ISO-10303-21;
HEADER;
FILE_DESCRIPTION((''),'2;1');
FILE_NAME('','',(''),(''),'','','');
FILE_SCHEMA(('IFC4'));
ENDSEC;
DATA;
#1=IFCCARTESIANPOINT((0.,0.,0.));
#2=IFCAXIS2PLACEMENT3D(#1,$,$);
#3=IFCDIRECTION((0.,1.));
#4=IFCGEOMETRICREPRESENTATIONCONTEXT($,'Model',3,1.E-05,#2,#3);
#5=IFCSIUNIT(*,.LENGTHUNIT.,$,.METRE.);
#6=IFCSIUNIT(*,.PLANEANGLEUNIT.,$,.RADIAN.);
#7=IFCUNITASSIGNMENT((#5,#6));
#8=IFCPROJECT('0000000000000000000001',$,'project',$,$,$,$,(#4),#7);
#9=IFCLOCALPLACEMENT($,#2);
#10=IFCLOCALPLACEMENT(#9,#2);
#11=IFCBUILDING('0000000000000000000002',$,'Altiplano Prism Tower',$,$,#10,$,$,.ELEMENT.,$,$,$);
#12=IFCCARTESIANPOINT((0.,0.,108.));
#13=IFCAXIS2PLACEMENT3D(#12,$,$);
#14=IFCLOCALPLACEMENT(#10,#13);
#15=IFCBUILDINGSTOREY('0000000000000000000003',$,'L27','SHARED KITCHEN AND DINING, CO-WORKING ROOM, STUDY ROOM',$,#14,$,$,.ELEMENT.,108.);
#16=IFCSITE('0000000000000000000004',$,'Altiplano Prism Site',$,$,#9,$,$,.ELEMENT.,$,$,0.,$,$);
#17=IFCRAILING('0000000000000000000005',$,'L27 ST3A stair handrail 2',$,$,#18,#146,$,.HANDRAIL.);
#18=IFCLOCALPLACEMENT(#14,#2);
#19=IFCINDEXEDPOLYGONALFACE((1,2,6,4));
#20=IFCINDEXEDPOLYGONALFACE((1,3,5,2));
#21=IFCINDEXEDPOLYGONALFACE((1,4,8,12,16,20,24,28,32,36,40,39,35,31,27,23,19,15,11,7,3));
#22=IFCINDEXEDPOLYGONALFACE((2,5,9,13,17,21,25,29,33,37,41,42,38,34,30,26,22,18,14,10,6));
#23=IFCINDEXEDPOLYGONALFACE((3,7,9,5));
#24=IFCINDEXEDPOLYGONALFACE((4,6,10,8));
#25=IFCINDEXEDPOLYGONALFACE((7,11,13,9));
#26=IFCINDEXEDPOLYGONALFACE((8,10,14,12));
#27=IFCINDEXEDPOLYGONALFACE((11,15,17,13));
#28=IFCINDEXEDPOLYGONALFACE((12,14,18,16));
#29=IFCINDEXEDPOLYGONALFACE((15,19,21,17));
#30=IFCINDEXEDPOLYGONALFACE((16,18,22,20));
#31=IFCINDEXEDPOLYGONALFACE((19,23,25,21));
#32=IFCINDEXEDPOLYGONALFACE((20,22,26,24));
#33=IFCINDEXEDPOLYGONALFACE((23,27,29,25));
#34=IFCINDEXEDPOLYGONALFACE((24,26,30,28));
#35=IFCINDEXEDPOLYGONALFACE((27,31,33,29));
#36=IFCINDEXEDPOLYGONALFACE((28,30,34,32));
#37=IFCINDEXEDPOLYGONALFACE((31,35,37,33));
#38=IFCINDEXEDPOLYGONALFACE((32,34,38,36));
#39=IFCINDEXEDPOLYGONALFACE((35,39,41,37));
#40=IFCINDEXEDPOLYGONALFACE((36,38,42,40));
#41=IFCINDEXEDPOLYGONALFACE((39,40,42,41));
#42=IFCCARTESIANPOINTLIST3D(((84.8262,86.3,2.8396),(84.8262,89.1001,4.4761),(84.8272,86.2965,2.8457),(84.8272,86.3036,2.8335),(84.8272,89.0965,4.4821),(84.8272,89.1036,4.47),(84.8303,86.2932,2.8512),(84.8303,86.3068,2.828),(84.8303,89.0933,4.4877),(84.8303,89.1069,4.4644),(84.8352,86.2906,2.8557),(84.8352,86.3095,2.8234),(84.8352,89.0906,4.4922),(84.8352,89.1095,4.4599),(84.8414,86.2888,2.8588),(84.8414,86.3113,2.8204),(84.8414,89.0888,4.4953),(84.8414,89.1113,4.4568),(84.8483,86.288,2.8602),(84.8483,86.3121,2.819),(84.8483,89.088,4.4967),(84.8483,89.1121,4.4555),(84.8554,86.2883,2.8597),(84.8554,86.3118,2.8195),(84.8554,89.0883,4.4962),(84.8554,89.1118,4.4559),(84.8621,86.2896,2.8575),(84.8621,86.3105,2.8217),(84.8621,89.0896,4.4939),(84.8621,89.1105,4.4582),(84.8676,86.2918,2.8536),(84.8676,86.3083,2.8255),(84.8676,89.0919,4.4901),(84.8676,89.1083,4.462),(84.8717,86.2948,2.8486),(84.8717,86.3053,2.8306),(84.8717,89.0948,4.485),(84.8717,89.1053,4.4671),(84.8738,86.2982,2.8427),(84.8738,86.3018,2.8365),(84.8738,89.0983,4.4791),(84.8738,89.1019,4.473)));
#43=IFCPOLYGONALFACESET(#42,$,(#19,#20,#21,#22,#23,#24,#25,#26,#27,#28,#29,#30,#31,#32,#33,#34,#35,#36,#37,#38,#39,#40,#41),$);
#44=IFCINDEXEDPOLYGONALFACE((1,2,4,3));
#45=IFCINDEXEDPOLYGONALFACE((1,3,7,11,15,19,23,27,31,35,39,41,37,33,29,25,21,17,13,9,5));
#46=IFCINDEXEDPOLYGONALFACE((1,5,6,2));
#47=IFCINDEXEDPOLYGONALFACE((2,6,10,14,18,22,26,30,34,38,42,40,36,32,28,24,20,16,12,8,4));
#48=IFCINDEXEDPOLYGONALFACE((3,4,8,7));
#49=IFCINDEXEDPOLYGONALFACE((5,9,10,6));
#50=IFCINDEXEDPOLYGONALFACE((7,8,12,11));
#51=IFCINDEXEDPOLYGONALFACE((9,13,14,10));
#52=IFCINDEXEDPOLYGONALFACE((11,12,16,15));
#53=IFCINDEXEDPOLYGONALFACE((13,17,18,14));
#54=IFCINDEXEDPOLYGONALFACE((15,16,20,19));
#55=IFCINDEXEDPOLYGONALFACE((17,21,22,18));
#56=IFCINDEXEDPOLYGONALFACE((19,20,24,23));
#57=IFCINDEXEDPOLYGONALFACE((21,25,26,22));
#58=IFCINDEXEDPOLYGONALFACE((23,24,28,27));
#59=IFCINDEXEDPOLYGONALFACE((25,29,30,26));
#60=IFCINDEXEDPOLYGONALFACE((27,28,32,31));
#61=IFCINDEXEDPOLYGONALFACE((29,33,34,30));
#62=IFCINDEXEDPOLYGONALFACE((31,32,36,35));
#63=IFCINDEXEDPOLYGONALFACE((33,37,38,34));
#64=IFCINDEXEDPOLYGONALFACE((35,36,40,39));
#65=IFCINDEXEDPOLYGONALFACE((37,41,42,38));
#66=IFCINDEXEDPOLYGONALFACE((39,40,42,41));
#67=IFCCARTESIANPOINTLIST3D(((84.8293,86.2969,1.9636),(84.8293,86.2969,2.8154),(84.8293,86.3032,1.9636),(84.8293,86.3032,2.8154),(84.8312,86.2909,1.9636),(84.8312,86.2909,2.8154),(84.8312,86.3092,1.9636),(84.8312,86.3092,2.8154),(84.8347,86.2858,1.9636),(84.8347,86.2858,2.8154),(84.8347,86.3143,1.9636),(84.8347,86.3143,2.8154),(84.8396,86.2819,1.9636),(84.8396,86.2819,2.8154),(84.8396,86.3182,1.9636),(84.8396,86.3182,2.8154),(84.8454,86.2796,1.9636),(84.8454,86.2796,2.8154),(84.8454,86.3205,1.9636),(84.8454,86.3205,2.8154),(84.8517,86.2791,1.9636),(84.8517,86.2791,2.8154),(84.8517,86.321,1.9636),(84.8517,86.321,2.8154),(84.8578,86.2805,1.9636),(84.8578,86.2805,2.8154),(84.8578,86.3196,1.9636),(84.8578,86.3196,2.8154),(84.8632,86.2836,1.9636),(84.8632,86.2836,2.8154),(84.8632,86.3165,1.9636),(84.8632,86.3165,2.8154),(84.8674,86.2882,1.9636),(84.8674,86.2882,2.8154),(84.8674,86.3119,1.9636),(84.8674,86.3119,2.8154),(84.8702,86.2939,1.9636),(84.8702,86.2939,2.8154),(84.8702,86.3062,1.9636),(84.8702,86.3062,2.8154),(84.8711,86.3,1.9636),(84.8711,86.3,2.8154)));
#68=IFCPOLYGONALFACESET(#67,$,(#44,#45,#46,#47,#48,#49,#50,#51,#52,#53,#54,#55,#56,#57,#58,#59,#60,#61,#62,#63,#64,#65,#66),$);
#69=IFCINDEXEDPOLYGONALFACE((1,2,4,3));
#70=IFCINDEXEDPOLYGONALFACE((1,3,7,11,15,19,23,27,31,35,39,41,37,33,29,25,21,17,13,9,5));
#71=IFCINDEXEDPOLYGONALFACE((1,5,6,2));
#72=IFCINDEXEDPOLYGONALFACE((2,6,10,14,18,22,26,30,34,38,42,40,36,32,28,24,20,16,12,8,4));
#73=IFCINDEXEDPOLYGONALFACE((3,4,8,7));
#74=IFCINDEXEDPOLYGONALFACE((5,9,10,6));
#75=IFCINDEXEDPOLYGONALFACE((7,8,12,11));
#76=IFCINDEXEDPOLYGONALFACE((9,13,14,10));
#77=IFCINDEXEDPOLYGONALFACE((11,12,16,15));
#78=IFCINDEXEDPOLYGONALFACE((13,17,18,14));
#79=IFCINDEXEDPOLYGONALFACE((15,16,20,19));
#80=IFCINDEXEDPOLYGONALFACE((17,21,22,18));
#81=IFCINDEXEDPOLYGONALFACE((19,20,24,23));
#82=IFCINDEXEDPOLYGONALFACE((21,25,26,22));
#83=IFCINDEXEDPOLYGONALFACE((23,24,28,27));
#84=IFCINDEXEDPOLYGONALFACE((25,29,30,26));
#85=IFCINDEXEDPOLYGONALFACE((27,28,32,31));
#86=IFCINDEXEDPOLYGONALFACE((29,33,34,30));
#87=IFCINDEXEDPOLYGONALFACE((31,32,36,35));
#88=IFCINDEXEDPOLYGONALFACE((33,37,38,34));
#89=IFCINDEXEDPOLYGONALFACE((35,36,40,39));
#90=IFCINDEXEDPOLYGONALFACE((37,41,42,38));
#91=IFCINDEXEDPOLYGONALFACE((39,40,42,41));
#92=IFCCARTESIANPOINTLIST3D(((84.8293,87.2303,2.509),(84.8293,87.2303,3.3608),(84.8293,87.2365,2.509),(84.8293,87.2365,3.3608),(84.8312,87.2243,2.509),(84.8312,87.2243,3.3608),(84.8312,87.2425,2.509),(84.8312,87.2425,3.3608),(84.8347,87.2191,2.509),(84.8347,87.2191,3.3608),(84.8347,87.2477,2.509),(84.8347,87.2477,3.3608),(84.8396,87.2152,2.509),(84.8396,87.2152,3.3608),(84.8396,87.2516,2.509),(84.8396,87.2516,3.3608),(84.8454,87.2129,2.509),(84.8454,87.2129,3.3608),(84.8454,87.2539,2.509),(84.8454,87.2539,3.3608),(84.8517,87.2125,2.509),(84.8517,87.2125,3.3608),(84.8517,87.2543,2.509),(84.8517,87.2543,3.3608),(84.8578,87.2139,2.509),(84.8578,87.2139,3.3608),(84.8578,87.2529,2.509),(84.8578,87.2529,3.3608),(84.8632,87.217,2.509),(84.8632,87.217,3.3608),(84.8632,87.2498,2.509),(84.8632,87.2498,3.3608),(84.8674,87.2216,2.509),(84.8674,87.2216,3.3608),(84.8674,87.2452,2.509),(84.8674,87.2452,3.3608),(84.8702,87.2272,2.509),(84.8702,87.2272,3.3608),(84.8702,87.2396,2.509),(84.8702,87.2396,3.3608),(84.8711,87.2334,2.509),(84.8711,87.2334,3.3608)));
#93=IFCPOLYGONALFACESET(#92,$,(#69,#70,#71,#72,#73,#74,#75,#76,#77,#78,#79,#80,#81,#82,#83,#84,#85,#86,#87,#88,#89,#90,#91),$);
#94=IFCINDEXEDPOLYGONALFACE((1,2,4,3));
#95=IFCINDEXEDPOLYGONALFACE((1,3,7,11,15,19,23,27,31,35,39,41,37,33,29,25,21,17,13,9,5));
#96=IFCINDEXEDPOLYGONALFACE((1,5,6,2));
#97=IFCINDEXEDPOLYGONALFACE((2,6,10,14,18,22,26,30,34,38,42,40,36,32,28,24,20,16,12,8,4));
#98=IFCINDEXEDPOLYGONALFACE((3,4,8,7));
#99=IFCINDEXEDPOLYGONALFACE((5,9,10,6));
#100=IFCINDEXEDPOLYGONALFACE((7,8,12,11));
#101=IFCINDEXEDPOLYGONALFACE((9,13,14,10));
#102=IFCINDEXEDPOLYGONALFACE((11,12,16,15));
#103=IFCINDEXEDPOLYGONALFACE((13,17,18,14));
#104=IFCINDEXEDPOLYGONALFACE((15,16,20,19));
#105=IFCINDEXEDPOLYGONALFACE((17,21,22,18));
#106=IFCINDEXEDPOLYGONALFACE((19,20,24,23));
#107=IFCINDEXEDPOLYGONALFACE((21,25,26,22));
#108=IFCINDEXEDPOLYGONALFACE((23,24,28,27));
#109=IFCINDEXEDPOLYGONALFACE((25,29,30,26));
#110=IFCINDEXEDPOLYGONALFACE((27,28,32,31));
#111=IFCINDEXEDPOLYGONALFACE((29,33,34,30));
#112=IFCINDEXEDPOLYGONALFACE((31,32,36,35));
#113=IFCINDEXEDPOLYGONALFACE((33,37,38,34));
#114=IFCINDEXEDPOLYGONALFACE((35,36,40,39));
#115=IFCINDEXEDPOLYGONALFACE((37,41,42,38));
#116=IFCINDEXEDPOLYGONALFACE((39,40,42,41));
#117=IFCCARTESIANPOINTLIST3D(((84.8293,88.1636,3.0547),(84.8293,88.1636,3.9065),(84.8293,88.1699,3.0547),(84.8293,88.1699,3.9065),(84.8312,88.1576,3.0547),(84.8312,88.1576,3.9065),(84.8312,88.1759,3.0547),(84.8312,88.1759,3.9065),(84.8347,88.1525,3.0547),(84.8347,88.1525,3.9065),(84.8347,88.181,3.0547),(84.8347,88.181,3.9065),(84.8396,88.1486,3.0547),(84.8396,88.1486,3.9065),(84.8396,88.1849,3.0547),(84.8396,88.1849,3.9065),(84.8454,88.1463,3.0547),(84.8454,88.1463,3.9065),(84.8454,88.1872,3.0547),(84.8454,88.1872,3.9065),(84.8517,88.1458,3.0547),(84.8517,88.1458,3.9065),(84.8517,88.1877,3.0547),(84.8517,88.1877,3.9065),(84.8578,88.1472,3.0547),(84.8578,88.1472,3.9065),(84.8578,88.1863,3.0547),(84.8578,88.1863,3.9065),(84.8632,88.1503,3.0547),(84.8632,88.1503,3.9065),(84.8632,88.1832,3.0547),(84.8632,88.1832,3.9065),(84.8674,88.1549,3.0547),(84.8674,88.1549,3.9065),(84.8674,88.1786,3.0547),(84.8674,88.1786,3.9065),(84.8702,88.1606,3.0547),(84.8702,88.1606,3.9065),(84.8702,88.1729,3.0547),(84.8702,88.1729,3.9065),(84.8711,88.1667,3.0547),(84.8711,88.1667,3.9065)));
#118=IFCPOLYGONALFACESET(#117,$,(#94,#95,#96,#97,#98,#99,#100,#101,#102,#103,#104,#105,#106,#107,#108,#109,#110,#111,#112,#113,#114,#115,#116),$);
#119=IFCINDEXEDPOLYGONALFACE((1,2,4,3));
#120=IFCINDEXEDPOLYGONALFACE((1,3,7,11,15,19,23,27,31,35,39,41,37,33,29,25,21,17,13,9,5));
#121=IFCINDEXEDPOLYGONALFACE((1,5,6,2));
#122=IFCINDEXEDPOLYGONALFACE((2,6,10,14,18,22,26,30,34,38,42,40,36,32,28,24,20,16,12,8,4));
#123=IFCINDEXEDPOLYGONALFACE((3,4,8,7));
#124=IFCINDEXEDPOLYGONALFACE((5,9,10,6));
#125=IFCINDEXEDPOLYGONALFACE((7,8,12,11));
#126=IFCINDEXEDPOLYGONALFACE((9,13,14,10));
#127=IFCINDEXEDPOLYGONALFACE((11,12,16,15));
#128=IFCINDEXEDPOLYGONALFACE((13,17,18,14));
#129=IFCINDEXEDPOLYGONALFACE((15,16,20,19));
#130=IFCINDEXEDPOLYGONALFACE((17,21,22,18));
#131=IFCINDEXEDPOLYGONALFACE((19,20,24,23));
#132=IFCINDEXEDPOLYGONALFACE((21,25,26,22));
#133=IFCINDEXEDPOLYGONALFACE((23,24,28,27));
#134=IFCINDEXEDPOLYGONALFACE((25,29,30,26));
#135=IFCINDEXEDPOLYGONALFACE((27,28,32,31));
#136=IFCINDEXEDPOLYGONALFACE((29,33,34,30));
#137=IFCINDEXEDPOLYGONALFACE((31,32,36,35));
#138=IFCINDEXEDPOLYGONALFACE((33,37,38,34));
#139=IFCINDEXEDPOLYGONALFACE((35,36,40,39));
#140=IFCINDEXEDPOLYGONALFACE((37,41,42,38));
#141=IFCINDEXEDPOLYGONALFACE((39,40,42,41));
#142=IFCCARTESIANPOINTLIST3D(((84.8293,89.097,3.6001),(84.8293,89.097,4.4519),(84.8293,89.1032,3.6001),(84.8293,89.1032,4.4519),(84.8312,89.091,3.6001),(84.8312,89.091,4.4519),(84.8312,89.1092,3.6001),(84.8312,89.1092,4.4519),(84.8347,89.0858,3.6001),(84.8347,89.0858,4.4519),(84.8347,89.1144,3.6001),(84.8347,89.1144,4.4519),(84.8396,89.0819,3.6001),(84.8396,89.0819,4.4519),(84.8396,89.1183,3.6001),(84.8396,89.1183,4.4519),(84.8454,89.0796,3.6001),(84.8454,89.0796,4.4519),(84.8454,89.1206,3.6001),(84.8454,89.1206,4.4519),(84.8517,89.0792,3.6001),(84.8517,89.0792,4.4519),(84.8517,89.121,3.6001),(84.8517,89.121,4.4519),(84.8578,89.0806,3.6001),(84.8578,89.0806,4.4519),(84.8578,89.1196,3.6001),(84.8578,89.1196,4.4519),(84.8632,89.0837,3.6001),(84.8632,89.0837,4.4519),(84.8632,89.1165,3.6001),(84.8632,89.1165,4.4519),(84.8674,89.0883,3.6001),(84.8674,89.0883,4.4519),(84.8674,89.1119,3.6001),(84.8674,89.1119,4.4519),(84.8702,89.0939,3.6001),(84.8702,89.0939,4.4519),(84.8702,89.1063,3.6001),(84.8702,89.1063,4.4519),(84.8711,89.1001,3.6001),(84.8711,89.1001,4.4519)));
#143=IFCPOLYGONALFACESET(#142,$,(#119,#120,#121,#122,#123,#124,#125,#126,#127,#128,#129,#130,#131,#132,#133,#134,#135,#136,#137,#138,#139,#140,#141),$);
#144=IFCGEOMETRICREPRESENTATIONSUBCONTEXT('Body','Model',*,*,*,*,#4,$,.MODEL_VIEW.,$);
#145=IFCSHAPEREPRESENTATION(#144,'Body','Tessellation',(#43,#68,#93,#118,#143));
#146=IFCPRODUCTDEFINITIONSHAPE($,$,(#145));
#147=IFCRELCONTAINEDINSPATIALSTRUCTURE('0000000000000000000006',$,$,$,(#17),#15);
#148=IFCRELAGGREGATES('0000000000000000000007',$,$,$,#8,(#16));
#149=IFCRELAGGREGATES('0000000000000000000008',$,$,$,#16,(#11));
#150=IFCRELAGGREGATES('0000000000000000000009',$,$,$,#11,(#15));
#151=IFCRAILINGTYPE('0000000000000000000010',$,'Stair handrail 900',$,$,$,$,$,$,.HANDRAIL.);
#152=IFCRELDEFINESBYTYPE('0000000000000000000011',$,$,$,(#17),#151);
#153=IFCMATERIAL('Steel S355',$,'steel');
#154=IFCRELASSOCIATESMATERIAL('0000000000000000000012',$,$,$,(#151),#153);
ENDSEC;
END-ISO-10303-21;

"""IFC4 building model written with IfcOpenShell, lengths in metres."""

from ifc_helpers import new_model, si_unit, direction, frame, origin, origin_2d, place, context, subcontext, project, spatial, circle, extrude, material, type_object, element, save


model = new_model("IFC4")

# Units and contexts
model_context = context("Model", 3, precision=1e-05, world=origin(), true_north=direction((0.0, 1.0)))
body_context = subcontext(model_context, "Body", "Model", "MODEL_VIEW")
ifc_project = project(units=[si_unit("LENGTHUNIT", "METRE"), si_unit("PLANEANGLEUNIT", "RADIAN")], contexts=[model_context])

# Site, building, storey
site_placement = place(None, origin())
site = spatial("IfcSite", under=ifc_project, at=site_placement, Name="Altiplano Prism Site", CompositionType="ELEMENT", RefElevation=0.0)
building_placement = place(site_placement, origin())
building = spatial("IfcBuilding", under=site, at=building_placement, Name="Altiplano Prism Tower", CompositionType="ELEMENT")
storey_placement = place(building_placement, frame((0.0, 0.0, 108.0)))
storey = spatial("IfcBuildingStorey", under=building, at=storey_placement, Name="L27", Description="SHARED KITCHEN AND DINING, CO-WORKING ROOM, STUDY ROOM", CompositionType="ELEMENT", Elevation=108.0)

# Railing
ifc_material_1 = material(Name="Steel S355", Category="steel")
railing_type = type_object("IfcRailingType", Name="Stair handrail 900", PredefinedType="HANDRAIL", material=ifc_material_1)
railing_1_placement = place(storey_placement, frame((84.8501, 86.3, 1.9636)))
element("IfcRailing", 1, at=railing_1_placement, inside=storey, type_object=railing_type, Name="L27 ST3A stair handrail 2", PredefinedType="HANDRAIL", context=body_context, shape_type="SweptSolid", body=[
    extrude(circle(Radius=0.0239, at=origin_2d()), frame((0.0, 0.0, 0.876), z_axis=(0.0, 0.863361, 0.504587), x_axis=(-1.0, 0.0, 0.0)), (0.0, 0.0, 1.0), 3.2432),
    extrude(circle(Radius=0.021, at=origin_2d()), origin(), (0.0, 0.0, 1.0), 0.8518),
    extrude(circle(Radius=0.021, at=origin_2d()), frame((0.0, 0.9333, 0.5454)), (0.0, 0.0, 1.0), 0.8518),
    extrude(circle(Radius=0.021, at=origin_2d()), frame((0.0, 1.8667, 1.0911)), (0.0, 0.0, 1.0), 0.8518),
    extrude(circle(Radius=0.021, at=origin_2d()), frame((0.0, 2.8, 1.6365)), (0.0, 0.0, 1.0), 0.8518),
])

save(model, "model.ifc")
